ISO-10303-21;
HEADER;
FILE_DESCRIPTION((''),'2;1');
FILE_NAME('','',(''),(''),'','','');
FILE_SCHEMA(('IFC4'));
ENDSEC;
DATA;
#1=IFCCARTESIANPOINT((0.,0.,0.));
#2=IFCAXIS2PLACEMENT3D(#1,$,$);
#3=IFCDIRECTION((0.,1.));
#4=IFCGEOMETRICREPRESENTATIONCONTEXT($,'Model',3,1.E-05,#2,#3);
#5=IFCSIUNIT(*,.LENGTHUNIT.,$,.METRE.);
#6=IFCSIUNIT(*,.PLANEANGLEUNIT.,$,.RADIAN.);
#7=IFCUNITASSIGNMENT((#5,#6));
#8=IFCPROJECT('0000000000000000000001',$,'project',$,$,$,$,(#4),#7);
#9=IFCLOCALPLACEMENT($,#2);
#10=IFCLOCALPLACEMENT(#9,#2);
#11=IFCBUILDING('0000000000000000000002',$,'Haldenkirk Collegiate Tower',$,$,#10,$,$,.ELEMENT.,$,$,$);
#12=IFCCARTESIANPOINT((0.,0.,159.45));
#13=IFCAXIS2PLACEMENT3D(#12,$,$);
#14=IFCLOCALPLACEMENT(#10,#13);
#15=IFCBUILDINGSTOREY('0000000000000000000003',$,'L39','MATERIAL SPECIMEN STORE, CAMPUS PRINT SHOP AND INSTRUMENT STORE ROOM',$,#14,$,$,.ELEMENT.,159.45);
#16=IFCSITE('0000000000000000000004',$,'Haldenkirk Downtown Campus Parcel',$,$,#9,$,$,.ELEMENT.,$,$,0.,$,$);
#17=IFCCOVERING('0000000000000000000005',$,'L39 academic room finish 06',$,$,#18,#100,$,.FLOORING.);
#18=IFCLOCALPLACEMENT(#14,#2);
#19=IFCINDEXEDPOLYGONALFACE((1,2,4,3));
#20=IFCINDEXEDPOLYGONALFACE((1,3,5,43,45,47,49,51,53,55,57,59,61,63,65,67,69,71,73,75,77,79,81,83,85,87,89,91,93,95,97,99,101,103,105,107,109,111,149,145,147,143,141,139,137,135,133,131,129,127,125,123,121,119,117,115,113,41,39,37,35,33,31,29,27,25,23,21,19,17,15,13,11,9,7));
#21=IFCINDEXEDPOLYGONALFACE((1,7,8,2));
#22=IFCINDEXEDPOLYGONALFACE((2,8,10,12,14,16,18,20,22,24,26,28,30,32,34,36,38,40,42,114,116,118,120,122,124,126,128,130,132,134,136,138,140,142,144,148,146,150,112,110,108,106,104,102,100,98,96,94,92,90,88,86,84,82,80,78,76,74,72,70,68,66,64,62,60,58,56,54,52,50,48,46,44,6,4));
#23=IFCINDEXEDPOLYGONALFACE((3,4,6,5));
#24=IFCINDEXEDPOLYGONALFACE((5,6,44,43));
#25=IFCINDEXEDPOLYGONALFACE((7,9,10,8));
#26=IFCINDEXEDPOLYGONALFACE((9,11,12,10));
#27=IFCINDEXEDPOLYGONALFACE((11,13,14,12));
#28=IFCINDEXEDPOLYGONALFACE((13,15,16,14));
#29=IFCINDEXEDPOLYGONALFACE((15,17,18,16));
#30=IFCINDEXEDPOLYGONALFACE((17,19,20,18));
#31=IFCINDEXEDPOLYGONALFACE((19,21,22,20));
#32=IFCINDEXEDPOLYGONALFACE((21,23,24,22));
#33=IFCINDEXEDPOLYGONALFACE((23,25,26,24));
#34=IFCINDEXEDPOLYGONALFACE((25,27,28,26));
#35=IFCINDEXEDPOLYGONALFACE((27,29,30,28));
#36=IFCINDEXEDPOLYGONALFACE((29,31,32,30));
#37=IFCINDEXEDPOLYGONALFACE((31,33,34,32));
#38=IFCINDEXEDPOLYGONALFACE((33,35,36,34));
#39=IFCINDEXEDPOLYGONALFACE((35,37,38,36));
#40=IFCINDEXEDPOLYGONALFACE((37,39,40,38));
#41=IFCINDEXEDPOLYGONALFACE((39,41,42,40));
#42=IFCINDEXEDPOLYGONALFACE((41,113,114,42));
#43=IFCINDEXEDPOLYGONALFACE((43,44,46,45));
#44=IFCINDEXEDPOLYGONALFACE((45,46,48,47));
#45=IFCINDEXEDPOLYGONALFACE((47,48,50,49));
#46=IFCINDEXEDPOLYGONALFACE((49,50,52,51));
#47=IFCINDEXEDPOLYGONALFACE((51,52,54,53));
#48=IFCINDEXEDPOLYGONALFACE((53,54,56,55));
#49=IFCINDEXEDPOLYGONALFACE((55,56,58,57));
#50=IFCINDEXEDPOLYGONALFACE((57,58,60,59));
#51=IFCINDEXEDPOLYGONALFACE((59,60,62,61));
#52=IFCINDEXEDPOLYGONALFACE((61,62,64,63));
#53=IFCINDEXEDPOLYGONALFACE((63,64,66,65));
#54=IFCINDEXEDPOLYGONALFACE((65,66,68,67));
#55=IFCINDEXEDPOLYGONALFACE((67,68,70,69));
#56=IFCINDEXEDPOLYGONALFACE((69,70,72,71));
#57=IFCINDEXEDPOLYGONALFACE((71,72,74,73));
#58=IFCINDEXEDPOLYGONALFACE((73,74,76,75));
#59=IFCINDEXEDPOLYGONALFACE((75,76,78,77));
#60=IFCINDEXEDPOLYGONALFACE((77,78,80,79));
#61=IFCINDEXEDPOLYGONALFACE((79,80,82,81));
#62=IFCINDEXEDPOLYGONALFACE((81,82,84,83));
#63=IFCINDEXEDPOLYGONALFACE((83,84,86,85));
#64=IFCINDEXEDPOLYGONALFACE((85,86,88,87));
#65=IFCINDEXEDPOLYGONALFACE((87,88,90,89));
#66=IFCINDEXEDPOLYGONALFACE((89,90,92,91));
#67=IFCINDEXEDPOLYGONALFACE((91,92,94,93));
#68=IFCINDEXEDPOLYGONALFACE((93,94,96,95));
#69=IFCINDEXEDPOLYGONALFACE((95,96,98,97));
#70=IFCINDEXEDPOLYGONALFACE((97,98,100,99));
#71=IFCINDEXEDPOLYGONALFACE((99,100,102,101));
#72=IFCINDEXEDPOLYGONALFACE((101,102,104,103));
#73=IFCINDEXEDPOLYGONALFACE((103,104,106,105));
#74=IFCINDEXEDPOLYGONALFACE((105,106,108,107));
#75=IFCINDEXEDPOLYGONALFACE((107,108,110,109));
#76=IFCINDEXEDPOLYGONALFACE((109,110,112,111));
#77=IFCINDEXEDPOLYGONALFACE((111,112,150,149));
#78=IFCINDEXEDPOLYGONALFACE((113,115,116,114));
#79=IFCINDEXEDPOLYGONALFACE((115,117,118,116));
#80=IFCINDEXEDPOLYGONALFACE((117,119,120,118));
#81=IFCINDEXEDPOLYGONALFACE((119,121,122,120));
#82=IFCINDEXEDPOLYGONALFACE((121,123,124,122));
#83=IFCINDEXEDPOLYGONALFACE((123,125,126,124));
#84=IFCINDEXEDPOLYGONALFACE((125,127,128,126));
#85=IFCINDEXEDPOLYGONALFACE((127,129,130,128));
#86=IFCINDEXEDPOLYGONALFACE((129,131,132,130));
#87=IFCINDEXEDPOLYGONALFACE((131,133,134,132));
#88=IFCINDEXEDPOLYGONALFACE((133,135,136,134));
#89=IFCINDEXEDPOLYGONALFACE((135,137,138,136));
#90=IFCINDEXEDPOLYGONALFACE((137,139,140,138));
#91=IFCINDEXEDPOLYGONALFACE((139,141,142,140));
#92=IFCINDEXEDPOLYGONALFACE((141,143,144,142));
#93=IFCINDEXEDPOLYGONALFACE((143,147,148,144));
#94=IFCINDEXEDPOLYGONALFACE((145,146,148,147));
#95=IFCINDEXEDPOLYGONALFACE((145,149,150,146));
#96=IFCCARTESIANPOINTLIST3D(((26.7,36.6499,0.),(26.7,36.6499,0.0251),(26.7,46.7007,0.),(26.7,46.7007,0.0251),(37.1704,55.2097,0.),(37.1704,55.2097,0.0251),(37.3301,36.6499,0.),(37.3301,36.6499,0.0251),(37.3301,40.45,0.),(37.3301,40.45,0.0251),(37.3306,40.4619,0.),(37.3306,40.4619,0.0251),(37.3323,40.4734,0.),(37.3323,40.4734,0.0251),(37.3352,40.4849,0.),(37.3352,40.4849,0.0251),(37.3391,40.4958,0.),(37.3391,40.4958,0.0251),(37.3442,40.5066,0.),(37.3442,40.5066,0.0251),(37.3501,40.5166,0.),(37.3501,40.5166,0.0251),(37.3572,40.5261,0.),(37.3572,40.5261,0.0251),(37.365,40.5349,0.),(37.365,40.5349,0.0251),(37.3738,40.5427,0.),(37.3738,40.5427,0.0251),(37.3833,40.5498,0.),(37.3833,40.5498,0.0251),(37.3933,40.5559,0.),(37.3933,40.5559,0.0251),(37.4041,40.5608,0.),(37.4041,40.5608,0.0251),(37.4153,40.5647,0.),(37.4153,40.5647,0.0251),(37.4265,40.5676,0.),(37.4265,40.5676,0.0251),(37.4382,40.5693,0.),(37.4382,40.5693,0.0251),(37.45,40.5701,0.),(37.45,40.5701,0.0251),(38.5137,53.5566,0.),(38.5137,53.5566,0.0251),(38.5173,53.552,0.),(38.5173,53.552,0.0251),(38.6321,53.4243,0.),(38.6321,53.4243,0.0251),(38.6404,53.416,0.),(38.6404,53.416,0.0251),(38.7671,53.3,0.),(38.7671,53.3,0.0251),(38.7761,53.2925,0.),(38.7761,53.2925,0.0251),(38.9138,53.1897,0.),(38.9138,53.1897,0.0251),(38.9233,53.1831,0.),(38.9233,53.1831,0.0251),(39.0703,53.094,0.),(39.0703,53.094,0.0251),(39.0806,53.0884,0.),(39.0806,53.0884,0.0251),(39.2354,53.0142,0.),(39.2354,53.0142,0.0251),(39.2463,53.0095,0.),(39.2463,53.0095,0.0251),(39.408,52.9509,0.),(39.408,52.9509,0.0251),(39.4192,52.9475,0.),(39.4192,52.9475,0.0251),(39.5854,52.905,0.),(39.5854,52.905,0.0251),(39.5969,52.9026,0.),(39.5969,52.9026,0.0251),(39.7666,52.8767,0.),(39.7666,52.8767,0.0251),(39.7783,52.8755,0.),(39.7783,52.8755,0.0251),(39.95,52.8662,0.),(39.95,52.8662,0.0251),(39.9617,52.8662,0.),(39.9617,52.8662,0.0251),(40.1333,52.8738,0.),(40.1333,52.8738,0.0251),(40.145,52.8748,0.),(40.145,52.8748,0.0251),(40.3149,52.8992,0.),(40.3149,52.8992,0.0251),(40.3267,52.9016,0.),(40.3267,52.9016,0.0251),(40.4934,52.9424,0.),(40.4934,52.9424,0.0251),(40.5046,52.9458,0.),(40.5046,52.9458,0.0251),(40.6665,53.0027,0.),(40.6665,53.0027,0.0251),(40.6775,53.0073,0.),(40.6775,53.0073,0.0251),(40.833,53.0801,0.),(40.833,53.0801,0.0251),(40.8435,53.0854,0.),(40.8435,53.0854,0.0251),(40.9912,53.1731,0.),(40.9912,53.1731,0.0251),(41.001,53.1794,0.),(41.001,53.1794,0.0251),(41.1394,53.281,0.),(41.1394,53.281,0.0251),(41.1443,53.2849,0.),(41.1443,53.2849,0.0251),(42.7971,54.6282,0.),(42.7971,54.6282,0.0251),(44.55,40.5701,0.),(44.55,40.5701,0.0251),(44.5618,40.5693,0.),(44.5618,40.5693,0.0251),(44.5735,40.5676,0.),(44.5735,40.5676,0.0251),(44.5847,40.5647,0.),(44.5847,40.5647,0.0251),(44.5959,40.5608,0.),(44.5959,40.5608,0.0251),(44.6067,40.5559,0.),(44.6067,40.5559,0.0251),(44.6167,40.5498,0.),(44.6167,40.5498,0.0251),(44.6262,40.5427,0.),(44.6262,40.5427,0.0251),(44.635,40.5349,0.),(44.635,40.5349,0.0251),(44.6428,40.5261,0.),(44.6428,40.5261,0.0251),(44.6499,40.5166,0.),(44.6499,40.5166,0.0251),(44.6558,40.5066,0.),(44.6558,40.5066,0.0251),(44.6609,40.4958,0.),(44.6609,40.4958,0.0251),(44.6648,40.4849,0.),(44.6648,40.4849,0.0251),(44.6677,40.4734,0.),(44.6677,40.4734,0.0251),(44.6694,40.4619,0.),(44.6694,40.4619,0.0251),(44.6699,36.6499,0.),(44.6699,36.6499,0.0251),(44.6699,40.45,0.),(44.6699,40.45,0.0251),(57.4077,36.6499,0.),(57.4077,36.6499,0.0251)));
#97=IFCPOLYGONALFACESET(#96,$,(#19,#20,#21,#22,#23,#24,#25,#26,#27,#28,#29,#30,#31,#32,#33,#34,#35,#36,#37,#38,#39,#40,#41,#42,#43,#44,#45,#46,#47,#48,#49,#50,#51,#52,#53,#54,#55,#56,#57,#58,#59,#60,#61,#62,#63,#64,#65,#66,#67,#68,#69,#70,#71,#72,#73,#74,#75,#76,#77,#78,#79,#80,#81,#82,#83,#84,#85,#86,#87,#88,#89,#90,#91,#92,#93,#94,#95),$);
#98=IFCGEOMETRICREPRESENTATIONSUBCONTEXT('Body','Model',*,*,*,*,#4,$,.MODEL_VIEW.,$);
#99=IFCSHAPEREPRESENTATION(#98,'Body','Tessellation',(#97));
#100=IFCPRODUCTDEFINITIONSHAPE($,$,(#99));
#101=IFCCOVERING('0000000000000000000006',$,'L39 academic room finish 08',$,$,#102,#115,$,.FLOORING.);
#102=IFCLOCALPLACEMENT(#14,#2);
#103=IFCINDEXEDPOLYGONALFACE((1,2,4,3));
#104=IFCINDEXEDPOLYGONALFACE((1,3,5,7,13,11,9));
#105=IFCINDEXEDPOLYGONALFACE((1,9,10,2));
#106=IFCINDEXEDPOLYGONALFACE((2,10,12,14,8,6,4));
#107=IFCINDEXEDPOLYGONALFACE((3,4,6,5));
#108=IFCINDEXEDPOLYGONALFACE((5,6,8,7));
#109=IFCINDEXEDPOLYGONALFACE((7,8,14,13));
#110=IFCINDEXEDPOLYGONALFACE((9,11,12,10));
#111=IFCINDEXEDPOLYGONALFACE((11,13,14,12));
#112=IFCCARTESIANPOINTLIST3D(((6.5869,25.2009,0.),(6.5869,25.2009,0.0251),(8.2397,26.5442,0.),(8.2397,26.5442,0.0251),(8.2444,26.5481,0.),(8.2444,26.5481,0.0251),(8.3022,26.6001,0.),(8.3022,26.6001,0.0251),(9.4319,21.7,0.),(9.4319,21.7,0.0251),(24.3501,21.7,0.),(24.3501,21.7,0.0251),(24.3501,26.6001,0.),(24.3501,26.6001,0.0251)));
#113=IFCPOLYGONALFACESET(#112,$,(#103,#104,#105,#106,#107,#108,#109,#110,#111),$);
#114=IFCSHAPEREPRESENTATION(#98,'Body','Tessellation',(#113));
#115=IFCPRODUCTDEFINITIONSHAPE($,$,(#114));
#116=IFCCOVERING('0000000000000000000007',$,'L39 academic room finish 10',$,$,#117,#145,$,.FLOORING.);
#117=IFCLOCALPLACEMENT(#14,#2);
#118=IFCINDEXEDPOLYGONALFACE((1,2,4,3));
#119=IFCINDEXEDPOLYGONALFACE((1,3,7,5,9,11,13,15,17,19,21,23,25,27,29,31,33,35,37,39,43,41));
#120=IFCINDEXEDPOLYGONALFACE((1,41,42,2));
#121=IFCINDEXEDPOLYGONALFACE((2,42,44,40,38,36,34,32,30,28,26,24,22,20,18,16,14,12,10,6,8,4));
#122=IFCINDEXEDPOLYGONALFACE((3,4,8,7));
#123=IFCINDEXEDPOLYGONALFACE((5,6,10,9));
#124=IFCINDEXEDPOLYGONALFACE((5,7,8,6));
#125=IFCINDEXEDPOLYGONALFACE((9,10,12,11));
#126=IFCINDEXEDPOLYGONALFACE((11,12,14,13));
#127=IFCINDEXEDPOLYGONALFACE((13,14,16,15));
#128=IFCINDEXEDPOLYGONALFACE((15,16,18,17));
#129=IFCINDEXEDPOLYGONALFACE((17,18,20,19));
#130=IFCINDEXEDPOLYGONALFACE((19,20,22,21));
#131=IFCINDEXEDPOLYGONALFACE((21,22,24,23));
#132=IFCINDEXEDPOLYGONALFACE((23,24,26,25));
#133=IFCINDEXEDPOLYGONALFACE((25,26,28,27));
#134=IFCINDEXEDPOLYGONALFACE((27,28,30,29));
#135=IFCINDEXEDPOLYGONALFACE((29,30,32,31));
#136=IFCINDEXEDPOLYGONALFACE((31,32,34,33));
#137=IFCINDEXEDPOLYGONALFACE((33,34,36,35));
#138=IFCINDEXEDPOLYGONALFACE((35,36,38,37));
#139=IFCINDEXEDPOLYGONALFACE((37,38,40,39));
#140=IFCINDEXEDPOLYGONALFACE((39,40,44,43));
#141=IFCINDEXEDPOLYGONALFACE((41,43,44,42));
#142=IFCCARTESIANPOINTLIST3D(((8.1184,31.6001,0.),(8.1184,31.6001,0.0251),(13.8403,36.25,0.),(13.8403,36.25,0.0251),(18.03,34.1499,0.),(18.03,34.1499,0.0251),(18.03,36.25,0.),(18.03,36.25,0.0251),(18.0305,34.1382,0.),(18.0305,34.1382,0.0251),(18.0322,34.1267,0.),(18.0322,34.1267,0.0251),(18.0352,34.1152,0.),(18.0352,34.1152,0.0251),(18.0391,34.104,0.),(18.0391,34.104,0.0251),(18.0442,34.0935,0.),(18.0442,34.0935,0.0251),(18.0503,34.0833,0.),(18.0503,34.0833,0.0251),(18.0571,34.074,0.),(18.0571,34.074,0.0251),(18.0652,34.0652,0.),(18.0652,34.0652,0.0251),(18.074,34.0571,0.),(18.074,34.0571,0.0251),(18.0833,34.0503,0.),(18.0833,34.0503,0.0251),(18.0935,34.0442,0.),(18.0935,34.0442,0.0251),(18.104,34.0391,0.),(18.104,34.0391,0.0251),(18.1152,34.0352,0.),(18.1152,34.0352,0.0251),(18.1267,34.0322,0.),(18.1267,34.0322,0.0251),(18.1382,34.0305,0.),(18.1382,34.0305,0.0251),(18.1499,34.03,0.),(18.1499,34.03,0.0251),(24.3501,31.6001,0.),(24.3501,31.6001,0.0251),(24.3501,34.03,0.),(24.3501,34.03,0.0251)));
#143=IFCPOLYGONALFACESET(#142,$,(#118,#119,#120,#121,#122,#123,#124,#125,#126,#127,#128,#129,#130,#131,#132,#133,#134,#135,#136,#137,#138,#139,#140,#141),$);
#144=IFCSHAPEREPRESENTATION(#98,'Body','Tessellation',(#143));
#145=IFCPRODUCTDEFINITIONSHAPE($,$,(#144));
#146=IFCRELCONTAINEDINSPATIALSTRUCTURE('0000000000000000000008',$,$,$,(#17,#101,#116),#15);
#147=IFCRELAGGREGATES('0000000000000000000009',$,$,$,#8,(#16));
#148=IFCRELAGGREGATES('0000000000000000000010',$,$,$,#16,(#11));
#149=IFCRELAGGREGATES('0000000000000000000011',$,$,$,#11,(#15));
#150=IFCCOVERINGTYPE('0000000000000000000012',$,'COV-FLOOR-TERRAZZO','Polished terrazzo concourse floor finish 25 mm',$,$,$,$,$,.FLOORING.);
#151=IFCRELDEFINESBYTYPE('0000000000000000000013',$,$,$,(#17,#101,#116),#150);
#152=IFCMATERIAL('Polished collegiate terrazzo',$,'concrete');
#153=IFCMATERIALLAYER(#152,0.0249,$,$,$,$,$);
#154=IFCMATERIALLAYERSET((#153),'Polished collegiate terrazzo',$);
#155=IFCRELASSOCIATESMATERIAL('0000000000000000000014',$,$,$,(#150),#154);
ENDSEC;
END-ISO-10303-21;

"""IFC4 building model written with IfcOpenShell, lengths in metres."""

from ifc_helpers import new_model, si_unit, direction, frame, origin, place, context, subcontext, project, spatial, polyline, outline, extrude, material, layer, layer_set, type_object, element, save


model = new_model("IFC4")

# Units and contexts
model_context = context("Model", 3, precision=1e-05, world=origin(), true_north=direction((0.0, 1.0)))
body_context = subcontext(model_context, "Body", "Model", "MODEL_VIEW")
ifc_project = project(units=[si_unit("LENGTHUNIT", "METRE"), si_unit("PLANEANGLEUNIT", "RADIAN")], contexts=[model_context])

# Site, building, storey
site_placement = place(None, origin())
site = spatial("IfcSite", under=ifc_project, at=site_placement, Name="Haldenkirk Downtown Campus Parcel", CompositionType="ELEMENT", RefElevation=0.0)
building_placement = place(site_placement, origin())
building = spatial("IfcBuilding", under=site, at=building_placement, Name="Haldenkirk Collegiate Tower", CompositionType="ELEMENT")
storey_placement = place(building_placement, frame((0.0, 0.0, 159.45)))
storey = spatial("IfcBuildingStorey", under=building, at=storey_placement, Name="L39", Description="MATERIAL SPECIMEN STORE, CAMPUS PRINT SHOP AND INSTRUMENT STORE ROOM", CompositionType="ELEMENT", Elevation=159.45)

# Coverings
ifc_material_1 = material(Name="Polished collegiate terrazzo", Category="concrete")
ifc_layer_1 = layer(ifc_material_1, 0.0249)
ifc_layer_set_1 = layer_set([ifc_layer_1], Name="Polished collegiate terrazzo")
covering_type_1 = type_object("IfcCoveringType", Name="COV-FLOOR-TERRAZZO", Description="Polished terrazzo concourse floor finish 25 mm", PredefinedType="FLOORING", material=ifc_layer_set_1)
covering_1_placement = place(storey_placement, origin())
element("IfcCovering", 1, at=covering_1_placement, inside=storey, type_object=covering_type_1, Name="L39 academic room finish 06", PredefinedType="FLOORING", context=body_context, shape_type="SweptSolid", body=[
    extrude(outline(polyline([(38.5137, 53.5566), (38.5173, 53.552), (38.6321, 53.4243), (38.6404, 53.416), (38.7671, 53.3), (38.7761, 53.2925), (38.9138, 53.1897), (38.9233, 53.1831), (39.0703, 53.094), (39.0806, 53.0884), (39.2354, 53.0142), (39.2463, 53.0095), (39.408, 52.9509), (39.4192, 52.9475), (39.5854, 52.905), (39.5969, 52.9026), (39.7666, 52.8767), (39.7783, 52.8755), (39.95, 52.8662), (39.9617, 52.8662), (40.1333, 52.8738), (40.145, 52.8748), (40.3149, 52.8992), (40.3267, 52.9016), (40.4934, 52.9424), (40.5046, 52.9458), (40.6665, 53.0027), (40.6775, 53.0073), (40.833, 53.0801), (40.8435, 53.0854), (40.9912, 53.1731), (41.001, 53.1794), (41.1394, 53.281), (41.1443, 53.2849), (42.7971, 54.6282), (57.4077, 36.6499), (44.6699, 36.6499), (44.6699, 40.45), (44.6694, 40.4619), (44.6677, 40.4734), (44.6648, 40.4849), (44.6609, 40.4958), (44.6558, 40.5066), (44.6499, 40.5166), (44.6428, 40.5261), (44.635, 40.5349), (44.6262, 40.5427), (44.6167, 40.5498), (44.6067, 40.5559), (44.5959, 40.5608), (44.5847, 40.5647), (44.5735, 40.5676), (44.5618, 40.5693), (44.55, 40.5701), (37.45, 40.5701), (37.4382, 40.5693), (37.4265, 40.5676), (37.4153, 40.5647), (37.4041, 40.5608), (37.3933, 40.5559), (37.3833, 40.5498), (37.3738, 40.5427), (37.365, 40.5349), (37.3572, 40.5261), (37.3501, 40.5166), (37.3442, 40.5066), (37.3391, 40.4958), (37.3352, 40.4849), (37.3323, 40.4734), (37.3306, 40.4619), (37.3301, 40.45), (37.3301, 36.6499), (26.7, 36.6499), (26.7, 46.7007), (37.1704, 55.2097), (38.5137, 53.5566)])), origin(), (0.0, 0.0, 1.0), 0.0251),
])
covering_2_placement = place(storey_placement, origin())
element("IfcCovering", 2, at=covering_2_placement, inside=storey, type_object=covering_type_1, Name="L39 academic room finish 08", PredefinedType="FLOORING", context=body_context, shape_type="SweptSolid", body=[
    extrude(outline(polyline([(8.2397, 26.5442), (8.2444, 26.5481), (8.3022, 26.6001), (24.3501, 26.6001), (24.3501, 21.7), (9.4319, 21.7), (6.5869, 25.2009), (8.2397, 26.5442)])), origin(), (0.0, 0.0, 1.0), 0.0251),
])
covering_3_placement = place(storey_placement, origin())
element("IfcCovering", 3, at=covering_3_placement, inside=storey, type_object=covering_type_1, Name="L39 academic room finish 10", PredefinedType="FLOORING", context=body_context, shape_type="SweptSolid", body=[
    extrude(outline(polyline([(13.8403, 36.25), (18.03, 36.25), (18.03, 34.1499), (18.0305, 34.1382), (18.0322, 34.1267), (18.0352, 34.1152), (18.0391, 34.104), (18.0442, 34.0935), (18.0503, 34.0833), (18.0571, 34.074), (18.0652, 34.0652), (18.074, 34.0571), (18.0833, 34.0503), (18.0935, 34.0442), (18.104, 34.0391), (18.1152, 34.0352), (18.1267, 34.0322), (18.1382, 34.0305), (18.1499, 34.03), (24.3501, 34.03), (24.3501, 31.6001), (8.1184, 31.6001), (13.8403, 36.25)])), origin(), (0.0, 0.0, 1.0), 0.0251),
])

save(model, "model.ifc")
